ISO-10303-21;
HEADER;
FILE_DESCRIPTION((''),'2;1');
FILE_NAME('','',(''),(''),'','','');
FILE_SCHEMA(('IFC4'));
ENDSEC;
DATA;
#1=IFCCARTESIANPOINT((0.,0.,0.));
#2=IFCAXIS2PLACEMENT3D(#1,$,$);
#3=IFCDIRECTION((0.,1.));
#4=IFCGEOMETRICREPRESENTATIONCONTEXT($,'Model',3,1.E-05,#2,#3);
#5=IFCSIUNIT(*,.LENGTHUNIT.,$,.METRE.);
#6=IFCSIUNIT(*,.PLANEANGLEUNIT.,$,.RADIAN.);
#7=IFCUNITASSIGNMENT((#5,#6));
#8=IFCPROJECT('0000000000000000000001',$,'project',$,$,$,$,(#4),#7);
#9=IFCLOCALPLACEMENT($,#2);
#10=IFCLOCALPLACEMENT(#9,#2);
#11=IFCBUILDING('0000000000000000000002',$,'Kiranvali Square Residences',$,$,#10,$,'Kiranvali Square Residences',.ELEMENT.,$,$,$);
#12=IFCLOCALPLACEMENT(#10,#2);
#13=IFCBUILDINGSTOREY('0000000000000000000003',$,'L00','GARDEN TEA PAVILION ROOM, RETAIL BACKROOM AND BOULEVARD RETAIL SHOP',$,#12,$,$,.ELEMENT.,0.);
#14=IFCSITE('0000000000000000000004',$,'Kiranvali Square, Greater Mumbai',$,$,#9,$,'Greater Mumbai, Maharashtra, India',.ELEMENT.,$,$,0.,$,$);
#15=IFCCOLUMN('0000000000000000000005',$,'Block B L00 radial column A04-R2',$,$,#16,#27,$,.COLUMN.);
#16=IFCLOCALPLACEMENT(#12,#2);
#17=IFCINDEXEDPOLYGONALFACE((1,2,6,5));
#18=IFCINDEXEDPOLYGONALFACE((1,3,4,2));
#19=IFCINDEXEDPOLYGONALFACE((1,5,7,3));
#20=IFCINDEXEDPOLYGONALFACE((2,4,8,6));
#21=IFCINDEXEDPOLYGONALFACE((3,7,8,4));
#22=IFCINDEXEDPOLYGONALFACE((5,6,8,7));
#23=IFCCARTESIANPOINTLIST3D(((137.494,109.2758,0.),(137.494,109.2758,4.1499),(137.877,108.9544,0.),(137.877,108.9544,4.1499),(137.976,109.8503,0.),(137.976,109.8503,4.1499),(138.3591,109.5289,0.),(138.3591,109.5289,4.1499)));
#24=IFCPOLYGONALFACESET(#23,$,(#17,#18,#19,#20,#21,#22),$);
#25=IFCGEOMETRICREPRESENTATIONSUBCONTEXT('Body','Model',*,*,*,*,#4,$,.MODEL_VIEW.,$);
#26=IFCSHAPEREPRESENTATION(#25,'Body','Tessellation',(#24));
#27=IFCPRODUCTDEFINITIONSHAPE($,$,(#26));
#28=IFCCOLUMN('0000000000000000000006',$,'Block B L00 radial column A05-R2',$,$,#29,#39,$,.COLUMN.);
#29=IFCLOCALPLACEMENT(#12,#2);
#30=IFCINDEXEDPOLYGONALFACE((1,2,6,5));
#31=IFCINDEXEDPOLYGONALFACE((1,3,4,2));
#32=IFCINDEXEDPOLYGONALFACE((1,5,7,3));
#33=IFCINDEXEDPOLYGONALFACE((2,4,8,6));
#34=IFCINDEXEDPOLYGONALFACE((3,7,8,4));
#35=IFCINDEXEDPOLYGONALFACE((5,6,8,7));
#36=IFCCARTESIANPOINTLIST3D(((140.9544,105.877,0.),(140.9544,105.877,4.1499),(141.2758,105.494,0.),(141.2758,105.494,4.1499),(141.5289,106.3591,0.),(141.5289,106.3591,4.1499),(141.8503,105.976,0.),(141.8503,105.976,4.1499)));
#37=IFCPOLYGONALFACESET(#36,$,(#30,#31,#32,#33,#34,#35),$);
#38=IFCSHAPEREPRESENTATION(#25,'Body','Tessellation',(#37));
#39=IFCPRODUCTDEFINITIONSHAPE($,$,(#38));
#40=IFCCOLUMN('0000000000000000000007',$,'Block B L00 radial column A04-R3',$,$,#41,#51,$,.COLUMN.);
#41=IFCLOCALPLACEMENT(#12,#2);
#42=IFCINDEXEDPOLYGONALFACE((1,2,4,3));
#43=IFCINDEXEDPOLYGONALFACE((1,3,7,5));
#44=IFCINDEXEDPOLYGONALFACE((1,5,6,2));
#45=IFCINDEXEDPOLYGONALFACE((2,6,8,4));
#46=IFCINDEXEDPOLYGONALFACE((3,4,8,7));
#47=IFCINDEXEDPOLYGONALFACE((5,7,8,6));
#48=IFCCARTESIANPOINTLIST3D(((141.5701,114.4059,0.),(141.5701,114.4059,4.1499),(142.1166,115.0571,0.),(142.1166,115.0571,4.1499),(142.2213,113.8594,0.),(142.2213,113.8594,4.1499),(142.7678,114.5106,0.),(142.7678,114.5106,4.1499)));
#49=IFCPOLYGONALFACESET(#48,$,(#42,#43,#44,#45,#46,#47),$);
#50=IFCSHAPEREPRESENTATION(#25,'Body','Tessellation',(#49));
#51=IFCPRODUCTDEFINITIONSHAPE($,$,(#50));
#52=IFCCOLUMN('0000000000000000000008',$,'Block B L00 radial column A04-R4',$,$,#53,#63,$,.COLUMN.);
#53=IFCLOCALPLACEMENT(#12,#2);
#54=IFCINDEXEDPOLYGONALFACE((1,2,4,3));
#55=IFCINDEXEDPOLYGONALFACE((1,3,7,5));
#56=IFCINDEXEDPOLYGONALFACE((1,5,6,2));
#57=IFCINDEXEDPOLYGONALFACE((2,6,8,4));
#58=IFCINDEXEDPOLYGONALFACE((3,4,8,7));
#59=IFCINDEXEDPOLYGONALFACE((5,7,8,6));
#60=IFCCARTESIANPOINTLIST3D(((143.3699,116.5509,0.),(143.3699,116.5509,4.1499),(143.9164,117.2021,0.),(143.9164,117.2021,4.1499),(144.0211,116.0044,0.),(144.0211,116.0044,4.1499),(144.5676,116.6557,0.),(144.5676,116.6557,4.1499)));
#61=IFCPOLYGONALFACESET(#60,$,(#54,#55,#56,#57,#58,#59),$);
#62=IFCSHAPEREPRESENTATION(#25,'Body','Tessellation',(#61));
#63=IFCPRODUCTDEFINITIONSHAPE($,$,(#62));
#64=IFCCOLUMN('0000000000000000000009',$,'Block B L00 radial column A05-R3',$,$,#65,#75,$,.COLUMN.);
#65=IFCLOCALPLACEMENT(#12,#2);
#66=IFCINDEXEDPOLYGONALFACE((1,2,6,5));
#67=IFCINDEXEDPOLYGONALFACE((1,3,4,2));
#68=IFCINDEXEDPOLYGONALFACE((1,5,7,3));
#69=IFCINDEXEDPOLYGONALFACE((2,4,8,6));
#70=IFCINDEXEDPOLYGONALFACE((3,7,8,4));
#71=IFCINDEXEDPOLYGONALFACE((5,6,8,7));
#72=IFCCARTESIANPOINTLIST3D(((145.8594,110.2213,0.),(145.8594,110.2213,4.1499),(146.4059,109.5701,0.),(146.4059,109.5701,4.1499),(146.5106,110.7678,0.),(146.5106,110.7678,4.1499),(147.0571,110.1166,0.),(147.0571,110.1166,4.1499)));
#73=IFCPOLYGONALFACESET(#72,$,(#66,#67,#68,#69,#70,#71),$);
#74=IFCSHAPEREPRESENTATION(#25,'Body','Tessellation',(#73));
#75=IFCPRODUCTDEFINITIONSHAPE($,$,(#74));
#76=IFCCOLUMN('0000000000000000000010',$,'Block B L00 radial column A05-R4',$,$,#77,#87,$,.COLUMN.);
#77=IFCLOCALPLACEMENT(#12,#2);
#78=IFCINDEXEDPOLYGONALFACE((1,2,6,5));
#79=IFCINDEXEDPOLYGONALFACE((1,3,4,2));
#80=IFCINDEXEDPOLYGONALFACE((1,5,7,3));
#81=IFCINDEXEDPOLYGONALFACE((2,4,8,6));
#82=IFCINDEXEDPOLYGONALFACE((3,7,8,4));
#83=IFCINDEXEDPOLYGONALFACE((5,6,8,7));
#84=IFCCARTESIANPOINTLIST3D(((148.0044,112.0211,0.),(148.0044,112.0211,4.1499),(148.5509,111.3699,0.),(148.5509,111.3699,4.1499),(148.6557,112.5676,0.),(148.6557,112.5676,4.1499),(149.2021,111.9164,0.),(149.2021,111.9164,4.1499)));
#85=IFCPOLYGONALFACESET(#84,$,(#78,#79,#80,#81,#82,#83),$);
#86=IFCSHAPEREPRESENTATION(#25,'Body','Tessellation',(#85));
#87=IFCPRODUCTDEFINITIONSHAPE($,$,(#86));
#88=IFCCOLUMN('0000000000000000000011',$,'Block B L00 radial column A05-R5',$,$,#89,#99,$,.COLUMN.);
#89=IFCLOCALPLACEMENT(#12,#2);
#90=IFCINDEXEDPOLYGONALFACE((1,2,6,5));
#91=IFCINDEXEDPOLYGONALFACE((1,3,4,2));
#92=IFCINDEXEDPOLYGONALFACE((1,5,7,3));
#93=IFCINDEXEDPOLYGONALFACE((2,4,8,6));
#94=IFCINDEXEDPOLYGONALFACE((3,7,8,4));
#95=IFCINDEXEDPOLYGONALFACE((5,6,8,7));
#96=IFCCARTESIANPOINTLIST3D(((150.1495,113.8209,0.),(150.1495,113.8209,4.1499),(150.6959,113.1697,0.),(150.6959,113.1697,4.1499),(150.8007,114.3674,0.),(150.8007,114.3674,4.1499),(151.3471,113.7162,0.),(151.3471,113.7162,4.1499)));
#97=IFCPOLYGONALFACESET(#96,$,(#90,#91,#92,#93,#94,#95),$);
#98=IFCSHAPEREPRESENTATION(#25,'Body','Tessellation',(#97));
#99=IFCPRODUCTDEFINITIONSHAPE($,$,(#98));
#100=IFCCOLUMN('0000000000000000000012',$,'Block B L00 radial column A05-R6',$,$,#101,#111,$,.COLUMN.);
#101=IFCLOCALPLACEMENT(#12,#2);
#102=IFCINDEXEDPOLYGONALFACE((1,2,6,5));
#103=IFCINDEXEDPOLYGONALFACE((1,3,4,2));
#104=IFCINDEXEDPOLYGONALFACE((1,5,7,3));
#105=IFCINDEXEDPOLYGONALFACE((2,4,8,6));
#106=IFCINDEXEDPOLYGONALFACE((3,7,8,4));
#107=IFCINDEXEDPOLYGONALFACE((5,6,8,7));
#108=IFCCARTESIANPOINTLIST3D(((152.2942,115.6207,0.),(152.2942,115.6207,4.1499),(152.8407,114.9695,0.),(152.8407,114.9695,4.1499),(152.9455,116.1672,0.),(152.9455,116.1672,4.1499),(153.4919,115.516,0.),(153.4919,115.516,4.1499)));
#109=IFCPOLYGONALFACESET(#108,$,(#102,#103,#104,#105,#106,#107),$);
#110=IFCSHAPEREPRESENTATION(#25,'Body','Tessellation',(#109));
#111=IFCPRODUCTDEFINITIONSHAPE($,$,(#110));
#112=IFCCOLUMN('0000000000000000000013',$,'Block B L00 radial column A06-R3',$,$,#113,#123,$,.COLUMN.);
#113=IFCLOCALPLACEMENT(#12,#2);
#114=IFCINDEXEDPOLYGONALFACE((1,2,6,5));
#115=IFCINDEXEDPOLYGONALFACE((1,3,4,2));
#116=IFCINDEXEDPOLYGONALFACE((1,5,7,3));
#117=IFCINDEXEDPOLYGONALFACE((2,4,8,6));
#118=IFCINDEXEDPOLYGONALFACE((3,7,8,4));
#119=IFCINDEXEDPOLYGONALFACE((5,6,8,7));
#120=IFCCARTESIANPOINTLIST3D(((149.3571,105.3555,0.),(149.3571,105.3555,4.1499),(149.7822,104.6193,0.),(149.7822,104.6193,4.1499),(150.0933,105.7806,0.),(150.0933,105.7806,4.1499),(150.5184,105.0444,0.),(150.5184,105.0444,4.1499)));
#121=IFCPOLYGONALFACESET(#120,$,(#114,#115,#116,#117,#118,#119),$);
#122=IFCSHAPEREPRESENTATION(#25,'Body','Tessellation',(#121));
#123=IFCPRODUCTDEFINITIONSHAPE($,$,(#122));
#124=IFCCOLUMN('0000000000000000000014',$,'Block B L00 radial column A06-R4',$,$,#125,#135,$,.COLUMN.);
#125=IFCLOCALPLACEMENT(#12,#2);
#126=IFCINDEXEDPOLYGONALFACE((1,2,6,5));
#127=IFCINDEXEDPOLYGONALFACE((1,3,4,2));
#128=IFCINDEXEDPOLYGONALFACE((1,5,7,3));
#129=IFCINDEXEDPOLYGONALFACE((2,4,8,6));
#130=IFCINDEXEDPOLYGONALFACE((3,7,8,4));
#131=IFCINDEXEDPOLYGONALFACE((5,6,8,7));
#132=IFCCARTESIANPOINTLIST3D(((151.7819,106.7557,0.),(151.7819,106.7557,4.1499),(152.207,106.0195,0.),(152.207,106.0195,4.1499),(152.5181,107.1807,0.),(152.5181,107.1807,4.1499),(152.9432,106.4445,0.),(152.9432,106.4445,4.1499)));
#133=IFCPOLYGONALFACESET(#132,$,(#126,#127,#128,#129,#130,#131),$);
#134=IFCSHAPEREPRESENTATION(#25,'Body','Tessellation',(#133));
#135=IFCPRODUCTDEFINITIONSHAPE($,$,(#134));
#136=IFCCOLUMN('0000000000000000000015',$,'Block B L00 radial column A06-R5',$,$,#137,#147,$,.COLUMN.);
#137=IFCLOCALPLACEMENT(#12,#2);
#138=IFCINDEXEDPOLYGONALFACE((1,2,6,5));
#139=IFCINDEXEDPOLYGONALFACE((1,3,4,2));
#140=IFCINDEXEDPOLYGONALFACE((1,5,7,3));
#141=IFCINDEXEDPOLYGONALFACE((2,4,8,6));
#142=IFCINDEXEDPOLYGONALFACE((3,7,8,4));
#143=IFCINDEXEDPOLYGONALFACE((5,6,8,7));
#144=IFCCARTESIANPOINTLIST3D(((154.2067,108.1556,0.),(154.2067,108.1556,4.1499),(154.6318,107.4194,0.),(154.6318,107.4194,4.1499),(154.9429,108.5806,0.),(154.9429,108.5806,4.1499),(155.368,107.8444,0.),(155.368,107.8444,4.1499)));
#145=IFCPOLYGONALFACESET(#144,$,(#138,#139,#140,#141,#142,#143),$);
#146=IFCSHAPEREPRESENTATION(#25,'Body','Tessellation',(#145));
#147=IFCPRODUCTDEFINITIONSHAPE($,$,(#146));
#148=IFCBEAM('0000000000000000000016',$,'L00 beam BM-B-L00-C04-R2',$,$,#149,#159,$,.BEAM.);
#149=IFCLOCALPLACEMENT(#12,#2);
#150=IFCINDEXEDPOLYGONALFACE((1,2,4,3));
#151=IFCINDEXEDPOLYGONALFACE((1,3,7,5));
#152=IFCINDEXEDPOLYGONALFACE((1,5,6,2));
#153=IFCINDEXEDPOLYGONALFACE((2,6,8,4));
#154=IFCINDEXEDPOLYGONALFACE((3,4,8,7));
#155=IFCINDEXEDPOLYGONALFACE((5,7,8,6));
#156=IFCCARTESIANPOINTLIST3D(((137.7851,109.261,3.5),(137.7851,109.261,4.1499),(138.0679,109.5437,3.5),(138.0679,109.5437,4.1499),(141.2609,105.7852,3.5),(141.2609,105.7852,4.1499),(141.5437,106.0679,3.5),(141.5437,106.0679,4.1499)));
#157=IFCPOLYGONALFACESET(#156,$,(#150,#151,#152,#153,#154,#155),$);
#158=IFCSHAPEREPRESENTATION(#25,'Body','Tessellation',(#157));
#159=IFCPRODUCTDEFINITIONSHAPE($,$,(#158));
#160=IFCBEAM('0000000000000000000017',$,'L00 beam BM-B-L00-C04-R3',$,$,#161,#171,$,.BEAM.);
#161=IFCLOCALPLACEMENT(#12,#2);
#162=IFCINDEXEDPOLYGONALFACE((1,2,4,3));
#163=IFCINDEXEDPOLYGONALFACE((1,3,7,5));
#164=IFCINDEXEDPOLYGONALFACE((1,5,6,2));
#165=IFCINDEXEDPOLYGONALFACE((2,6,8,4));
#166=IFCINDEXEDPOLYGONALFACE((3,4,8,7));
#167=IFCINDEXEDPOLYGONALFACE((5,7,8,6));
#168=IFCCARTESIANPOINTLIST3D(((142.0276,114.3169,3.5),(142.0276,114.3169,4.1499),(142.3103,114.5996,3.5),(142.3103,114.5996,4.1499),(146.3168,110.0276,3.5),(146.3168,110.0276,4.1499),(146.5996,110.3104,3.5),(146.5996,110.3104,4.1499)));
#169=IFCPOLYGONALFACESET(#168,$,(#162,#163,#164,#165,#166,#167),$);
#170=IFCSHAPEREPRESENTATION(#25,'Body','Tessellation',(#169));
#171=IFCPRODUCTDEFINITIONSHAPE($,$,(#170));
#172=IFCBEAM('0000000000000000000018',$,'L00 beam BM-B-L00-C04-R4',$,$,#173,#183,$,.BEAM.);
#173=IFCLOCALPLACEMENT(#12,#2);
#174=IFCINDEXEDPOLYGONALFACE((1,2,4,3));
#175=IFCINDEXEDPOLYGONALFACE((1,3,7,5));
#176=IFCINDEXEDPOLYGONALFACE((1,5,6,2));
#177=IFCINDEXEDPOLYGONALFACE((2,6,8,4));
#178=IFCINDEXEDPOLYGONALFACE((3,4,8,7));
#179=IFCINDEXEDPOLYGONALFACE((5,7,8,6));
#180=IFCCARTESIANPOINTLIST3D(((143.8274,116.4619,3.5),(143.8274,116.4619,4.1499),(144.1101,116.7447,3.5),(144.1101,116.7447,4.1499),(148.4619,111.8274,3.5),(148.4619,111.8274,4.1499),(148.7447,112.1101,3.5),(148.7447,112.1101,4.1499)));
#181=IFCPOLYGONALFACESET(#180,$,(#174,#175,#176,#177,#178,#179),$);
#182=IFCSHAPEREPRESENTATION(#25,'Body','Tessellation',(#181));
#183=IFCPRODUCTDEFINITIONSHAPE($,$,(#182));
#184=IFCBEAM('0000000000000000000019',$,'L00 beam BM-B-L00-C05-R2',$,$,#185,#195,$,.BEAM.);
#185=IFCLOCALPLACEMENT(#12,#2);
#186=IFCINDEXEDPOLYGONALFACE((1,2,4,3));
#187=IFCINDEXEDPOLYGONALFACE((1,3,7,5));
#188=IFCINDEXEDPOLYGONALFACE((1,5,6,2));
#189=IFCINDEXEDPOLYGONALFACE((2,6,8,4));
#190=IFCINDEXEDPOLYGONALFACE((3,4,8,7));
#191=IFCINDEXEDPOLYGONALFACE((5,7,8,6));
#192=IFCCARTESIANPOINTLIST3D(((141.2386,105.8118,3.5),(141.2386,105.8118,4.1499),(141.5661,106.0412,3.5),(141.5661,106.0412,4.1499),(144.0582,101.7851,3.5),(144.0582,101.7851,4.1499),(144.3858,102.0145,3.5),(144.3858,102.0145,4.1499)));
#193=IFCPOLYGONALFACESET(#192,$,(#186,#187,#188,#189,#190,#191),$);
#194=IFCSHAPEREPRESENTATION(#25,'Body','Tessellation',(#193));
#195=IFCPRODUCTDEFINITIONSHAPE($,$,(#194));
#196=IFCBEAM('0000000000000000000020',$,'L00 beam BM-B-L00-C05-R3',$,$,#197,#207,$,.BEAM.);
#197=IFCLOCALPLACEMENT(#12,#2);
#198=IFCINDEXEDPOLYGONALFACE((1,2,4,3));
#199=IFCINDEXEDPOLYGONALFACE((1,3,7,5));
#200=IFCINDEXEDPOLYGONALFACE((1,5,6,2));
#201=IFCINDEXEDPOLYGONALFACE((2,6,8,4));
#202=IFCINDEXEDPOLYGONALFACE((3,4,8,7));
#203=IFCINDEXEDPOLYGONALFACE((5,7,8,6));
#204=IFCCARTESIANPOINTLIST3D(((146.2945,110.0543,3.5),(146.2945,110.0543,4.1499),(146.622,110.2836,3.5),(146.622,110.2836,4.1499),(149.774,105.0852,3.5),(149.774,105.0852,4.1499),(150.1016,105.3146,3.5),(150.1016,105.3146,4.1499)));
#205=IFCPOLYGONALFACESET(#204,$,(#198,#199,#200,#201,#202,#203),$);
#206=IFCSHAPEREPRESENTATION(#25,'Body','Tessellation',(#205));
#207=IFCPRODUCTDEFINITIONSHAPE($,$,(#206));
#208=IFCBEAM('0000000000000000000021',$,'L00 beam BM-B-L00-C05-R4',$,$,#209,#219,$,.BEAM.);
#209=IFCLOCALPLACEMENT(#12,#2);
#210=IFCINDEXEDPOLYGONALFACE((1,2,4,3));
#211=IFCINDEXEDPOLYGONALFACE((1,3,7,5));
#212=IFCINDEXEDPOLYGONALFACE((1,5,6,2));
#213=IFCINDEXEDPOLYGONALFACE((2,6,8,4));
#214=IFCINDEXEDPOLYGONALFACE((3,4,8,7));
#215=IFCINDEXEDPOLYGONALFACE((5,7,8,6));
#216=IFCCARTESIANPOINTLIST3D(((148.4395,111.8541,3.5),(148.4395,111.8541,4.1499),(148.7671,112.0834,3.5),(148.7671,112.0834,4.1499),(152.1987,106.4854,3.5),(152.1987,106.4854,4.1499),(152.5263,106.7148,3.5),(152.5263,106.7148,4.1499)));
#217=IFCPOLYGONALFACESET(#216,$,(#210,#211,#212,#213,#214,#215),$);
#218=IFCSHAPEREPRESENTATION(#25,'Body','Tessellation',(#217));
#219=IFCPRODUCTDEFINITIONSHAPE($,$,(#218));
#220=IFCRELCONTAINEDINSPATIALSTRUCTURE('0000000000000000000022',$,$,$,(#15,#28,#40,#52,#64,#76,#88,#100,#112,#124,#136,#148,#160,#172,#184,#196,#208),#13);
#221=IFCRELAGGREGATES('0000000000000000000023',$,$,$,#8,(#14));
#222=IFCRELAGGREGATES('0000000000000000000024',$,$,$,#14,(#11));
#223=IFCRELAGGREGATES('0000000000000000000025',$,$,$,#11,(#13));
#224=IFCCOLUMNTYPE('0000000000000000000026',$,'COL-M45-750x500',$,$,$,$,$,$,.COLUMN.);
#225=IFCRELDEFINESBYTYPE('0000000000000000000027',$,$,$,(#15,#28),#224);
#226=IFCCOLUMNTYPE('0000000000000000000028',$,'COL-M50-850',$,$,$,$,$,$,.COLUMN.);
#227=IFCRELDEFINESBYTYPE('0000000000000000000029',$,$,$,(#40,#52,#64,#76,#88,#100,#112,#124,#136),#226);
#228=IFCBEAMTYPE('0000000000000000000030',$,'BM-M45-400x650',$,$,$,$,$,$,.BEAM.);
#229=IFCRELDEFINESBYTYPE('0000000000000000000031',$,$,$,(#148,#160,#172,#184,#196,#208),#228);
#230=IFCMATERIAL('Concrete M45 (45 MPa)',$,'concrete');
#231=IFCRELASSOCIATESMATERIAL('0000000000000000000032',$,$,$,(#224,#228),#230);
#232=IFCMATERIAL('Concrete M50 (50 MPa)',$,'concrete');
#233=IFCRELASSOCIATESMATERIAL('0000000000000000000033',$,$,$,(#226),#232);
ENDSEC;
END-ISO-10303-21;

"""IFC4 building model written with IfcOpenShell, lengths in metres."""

from ifc_helpers import new_model, si_unit, direction, frame, origin, origin_2d, place, context, subcontext, project, spatial, rectangle, extrude, material, material_profile, profile_set, type_object, element, save


model = new_model("IFC4")

# Units and contexts
model_context = context("Model", 3, precision=1e-05, world=origin(), true_north=direction((0.0, 1.0)))
body_context = subcontext(model_context, "Body", "Model", "MODEL_VIEW")
ifc_project = project(units=[si_unit("LENGTHUNIT", "METRE"), si_unit("PLANEANGLEUNIT", "RADIAN")], contexts=[model_context])

# Site, building, storey
site_placement = place(None, origin())
site = spatial("IfcSite", under=ifc_project, at=site_placement, Name="Kiranvali Square, Greater Mumbai", LongName="Greater Mumbai, Maharashtra, India", CompositionType="ELEMENT", RefElevation=0.0)
building_placement = place(site_placement, origin())
building = spatial("IfcBuilding", under=site, at=building_placement, Name="Kiranvali Square Residences", LongName="Kiranvali Square Residences", CompositionType="ELEMENT")
storey_placement = place(building_placement, origin())
storey = spatial("IfcBuildingStorey", under=building, at=storey_placement, Name="L00", Description="GARDEN TEA PAVILION ROOM, RETAIL BACKROOM AND BOULEVARD RETAIL SHOP", CompositionType="ELEMENT", Elevation=0.0)

# Columns
ifc_material_1 = material(Name="Concrete M45 (45 MPa)", Category="concrete")
ifc_material_profile_1 = material_profile(ifc_material_1, rectangle(XDim=0.5, YDim=0.75, at=origin_2d()), Name="RC 750x500")
ifc_profile_set_1 = profile_set([ifc_material_profile_1], Name="Concrete M45 (45 MPa)")
column_type_1 = type_object("IfcColumnType", Name="COL-M45-750x500", PredefinedType="COLUMN", material=ifc_profile_set_1)
for number, where, z_axis, x_axis, name in (
    (1, (137.9265, 109.4023, 0.0), (0.0, 0.0, 1.0), (-0.766044, 0.642788, 0.0), "Block B L00 radial column A04-R2"),
    (2, (141.4023, 105.9265, 0.0), (0.0, 0.0, 1.0), (-0.642788, 0.766044, 0.0), "Block B L00 radial column A05-R2"),
):
    element("IfcColumn", number, at=place(storey_placement, frame(where, z_axis=z_axis, x_axis=x_axis)), inside=storey, type_object=column_type_1, Name=name, PredefinedType="COLUMN", context=body_context, shape_type="SweptSolid", body=[
        extrude(rectangle(XDim=0.5, YDim=0.75, at=origin_2d()), origin(), (0.0, 0.0, 1.0), 4.1499),
    ])
ifc_material_2 = material(Name="Concrete M50 (50 MPa)", Category="concrete")
ifc_material_profile_2 = material_profile(ifc_material_2, rectangle(XDim=0.8501, YDim=0.8501, at=origin_2d()), Name="RC 850x850")
ifc_profile_set_2 = profile_set([ifc_material_profile_2], Name="Concrete M50 (50 MPa)")
column_type_2 = type_object("IfcColumnType", Name="COL-M50-850", PredefinedType="COLUMN", material=ifc_profile_set_2)
for number, where, z_axis, x_axis, name in (
    (3, (142.1689, 114.4583, 0.0), (0.0, 0.0, 1.0), (-0.766044, 0.642788, 0.0), "Block B L00 radial column A04-R3"),
    (4, (143.9688, 116.6033, 0.0), (0.0, 0.0, 1.0), (-0.766044, 0.642788, 0.0), "Block B L00 radial column A04-R4"),
    (5, (146.4583, 110.1689, 0.0), (0.0, 0.0, 1.0), (-0.642788, 0.766044, 0.0), "Block B L00 radial column A05-R3"),
    (6, (148.6033, 111.9688, 0.0), (0.0, 0.0, 1.0), (-0.642788, 0.766044, 0.0), "Block B L00 radial column A05-R4"),
    (7, (150.7483, 113.7686, 0.0), (0.0, 0.0, 1.0), (-0.642788, 0.766044, 0.0), "Block B L00 radial column A05-R5"),
    (8, (152.8931, 115.5684, 0.0), (0.0, 0.0, 1.0), (-0.642788, 0.766044, 0.0), "Block B L00 radial column A05-R6"),
    (9, (149.9377, 105.2, 0.0), (0.0, 0.0, 1.0), (-0.5, 0.866025, 0.0), "Block B L00 radial column A06-R3"),
    (10, (152.3625, 106.6001, 0.0), (0.0, 0.0, 1.0), (-0.5, 0.866025, 0.0), "Block B L00 radial column A06-R4"),
    (11, (154.7874, 108.0, 0.0), (0.0, 0.0, 1.0), (-0.5, 0.866025, 0.0), "Block B L00 radial column A06-R5"),
):
    element("IfcColumn", number, at=place(storey_placement, frame(where, z_axis=z_axis, x_axis=x_axis)), inside=storey, type_object=column_type_2, Name=name, PredefinedType="COLUMN", context=body_context, shape_type="SweptSolid", body=[
        extrude(rectangle(XDim=0.8501, YDim=0.8501, at=origin_2d()), origin(), (0.0, 0.0, 1.0), 4.1499),
    ])

# Beams
ifc_material_profile_3 = material_profile(ifc_material_1, rectangle(XDim=0.3999, YDim=0.6499, at=origin_2d()), Name="RC 400x650")
ifc_profile_set_3 = profile_set([ifc_material_profile_3], Name="Concrete M45 (45 MPa)")
beam_type = type_object("IfcBeamType", Name="BM-M45-400x650", PredefinedType="BEAM", material=ifc_profile_set_3)
beam_1_placement = place(storey_placement, frame((137.9265, 109.4023, 3.825), z_axis=(0.707107, -0.707107, 0.0), x_axis=(0.707107, 0.707107, 0.0)))
element("IfcBeam", 12, at=beam_1_placement, inside=storey, type_object=beam_type, Name="L00 beam BM-B-L00-C04-R2", PredefinedType="BEAM", context=body_context, shape_type="SweptSolid", body=[
    extrude(rectangle(XDim=0.3999, YDim=0.6499, at=origin_2d()), origin(), (0.0, 0.0, 1.0), 4.9155),
])
beam_2_placement = place(storey_placement, frame((142.1689, 114.4583, 3.825), z_axis=(0.707107, -0.707107, 0.0), x_axis=(0.707107, 0.707107, 0.0)))
element("IfcBeam", 13, at=beam_2_placement, inside=storey, type_object=beam_type, Name="L00 beam BM-B-L00-C04-R3", PredefinedType="BEAM", context=body_context, shape_type="SweptSolid", body=[
    extrude(rectangle(XDim=0.3999, YDim=0.6499, at=origin_2d()), origin(), (0.0, 0.0, 1.0), 6.0659),
])
beam_3_placement = place(storey_placement, frame((143.9688, 116.6033, 3.825), z_axis=(0.707107, -0.707107, 0.0), x_axis=(0.707107, 0.707107, 0.0)))
element("IfcBeam", 14, at=beam_3_placement, inside=storey, type_object=beam_type, Name="L00 beam BM-B-L00-C04-R4", PredefinedType="BEAM", context=body_context, shape_type="SweptSolid", body=[
    extrude(rectangle(XDim=0.3999, YDim=0.6499, at=origin_2d()), origin(), (0.0, 0.0, 1.0), 6.5542),
])
beam_4_placement = place(storey_placement, frame((141.4023, 105.9265, 3.825), z_axis=(0.573592, -0.819141, 0.0), x_axis=(0.819141, 0.573592, 0.0)))
element("IfcBeam", 15, at=beam_4_placement, inside=storey, type_object=beam_type, Name="L00 beam BM-B-L00-C05-R2", PredefinedType="BEAM", context=body_context, shape_type="SweptSolid", body=[
    extrude(rectangle(XDim=0.3999, YDim=0.6499, at=origin_2d()), origin(), (0.0, 0.0, 1.0), 4.9158),
])
beam_5_placement = place(storey_placement, frame((146.4583, 110.1689, 3.825), z_axis=(0.573595, -0.819139, 0.0), x_axis=(0.819139, 0.573595, 0.0)))
element("IfcBeam", 16, at=beam_5_placement, inside=storey, type_object=beam_type, Name="L00 beam BM-B-L00-C05-R3", PredefinedType="BEAM", context=body_context, shape_type="SweptSolid", body=[
    extrude(rectangle(XDim=0.3999, YDim=0.6499, at=origin_2d()), origin(), (0.0, 0.0, 1.0), 6.0662),
])
beam_6_placement = place(storey_placement, frame((148.6033, 111.9688, 3.825), z_axis=(0.573587, -0.819144, 0.0), x_axis=(0.819144, 0.573587, 0.0)))
element("IfcBeam", 17, at=beam_6_placement, inside=storey, type_object=beam_type, Name="L00 beam BM-B-L00-C05-R4", PredefinedType="BEAM", context=body_context, shape_type="SweptSolid", body=[
    extrude(rectangle(XDim=0.3999, YDim=0.6499, at=origin_2d()), origin(), (0.0, 0.0, 1.0), 6.554),
])

save(model, "model.ifc")
